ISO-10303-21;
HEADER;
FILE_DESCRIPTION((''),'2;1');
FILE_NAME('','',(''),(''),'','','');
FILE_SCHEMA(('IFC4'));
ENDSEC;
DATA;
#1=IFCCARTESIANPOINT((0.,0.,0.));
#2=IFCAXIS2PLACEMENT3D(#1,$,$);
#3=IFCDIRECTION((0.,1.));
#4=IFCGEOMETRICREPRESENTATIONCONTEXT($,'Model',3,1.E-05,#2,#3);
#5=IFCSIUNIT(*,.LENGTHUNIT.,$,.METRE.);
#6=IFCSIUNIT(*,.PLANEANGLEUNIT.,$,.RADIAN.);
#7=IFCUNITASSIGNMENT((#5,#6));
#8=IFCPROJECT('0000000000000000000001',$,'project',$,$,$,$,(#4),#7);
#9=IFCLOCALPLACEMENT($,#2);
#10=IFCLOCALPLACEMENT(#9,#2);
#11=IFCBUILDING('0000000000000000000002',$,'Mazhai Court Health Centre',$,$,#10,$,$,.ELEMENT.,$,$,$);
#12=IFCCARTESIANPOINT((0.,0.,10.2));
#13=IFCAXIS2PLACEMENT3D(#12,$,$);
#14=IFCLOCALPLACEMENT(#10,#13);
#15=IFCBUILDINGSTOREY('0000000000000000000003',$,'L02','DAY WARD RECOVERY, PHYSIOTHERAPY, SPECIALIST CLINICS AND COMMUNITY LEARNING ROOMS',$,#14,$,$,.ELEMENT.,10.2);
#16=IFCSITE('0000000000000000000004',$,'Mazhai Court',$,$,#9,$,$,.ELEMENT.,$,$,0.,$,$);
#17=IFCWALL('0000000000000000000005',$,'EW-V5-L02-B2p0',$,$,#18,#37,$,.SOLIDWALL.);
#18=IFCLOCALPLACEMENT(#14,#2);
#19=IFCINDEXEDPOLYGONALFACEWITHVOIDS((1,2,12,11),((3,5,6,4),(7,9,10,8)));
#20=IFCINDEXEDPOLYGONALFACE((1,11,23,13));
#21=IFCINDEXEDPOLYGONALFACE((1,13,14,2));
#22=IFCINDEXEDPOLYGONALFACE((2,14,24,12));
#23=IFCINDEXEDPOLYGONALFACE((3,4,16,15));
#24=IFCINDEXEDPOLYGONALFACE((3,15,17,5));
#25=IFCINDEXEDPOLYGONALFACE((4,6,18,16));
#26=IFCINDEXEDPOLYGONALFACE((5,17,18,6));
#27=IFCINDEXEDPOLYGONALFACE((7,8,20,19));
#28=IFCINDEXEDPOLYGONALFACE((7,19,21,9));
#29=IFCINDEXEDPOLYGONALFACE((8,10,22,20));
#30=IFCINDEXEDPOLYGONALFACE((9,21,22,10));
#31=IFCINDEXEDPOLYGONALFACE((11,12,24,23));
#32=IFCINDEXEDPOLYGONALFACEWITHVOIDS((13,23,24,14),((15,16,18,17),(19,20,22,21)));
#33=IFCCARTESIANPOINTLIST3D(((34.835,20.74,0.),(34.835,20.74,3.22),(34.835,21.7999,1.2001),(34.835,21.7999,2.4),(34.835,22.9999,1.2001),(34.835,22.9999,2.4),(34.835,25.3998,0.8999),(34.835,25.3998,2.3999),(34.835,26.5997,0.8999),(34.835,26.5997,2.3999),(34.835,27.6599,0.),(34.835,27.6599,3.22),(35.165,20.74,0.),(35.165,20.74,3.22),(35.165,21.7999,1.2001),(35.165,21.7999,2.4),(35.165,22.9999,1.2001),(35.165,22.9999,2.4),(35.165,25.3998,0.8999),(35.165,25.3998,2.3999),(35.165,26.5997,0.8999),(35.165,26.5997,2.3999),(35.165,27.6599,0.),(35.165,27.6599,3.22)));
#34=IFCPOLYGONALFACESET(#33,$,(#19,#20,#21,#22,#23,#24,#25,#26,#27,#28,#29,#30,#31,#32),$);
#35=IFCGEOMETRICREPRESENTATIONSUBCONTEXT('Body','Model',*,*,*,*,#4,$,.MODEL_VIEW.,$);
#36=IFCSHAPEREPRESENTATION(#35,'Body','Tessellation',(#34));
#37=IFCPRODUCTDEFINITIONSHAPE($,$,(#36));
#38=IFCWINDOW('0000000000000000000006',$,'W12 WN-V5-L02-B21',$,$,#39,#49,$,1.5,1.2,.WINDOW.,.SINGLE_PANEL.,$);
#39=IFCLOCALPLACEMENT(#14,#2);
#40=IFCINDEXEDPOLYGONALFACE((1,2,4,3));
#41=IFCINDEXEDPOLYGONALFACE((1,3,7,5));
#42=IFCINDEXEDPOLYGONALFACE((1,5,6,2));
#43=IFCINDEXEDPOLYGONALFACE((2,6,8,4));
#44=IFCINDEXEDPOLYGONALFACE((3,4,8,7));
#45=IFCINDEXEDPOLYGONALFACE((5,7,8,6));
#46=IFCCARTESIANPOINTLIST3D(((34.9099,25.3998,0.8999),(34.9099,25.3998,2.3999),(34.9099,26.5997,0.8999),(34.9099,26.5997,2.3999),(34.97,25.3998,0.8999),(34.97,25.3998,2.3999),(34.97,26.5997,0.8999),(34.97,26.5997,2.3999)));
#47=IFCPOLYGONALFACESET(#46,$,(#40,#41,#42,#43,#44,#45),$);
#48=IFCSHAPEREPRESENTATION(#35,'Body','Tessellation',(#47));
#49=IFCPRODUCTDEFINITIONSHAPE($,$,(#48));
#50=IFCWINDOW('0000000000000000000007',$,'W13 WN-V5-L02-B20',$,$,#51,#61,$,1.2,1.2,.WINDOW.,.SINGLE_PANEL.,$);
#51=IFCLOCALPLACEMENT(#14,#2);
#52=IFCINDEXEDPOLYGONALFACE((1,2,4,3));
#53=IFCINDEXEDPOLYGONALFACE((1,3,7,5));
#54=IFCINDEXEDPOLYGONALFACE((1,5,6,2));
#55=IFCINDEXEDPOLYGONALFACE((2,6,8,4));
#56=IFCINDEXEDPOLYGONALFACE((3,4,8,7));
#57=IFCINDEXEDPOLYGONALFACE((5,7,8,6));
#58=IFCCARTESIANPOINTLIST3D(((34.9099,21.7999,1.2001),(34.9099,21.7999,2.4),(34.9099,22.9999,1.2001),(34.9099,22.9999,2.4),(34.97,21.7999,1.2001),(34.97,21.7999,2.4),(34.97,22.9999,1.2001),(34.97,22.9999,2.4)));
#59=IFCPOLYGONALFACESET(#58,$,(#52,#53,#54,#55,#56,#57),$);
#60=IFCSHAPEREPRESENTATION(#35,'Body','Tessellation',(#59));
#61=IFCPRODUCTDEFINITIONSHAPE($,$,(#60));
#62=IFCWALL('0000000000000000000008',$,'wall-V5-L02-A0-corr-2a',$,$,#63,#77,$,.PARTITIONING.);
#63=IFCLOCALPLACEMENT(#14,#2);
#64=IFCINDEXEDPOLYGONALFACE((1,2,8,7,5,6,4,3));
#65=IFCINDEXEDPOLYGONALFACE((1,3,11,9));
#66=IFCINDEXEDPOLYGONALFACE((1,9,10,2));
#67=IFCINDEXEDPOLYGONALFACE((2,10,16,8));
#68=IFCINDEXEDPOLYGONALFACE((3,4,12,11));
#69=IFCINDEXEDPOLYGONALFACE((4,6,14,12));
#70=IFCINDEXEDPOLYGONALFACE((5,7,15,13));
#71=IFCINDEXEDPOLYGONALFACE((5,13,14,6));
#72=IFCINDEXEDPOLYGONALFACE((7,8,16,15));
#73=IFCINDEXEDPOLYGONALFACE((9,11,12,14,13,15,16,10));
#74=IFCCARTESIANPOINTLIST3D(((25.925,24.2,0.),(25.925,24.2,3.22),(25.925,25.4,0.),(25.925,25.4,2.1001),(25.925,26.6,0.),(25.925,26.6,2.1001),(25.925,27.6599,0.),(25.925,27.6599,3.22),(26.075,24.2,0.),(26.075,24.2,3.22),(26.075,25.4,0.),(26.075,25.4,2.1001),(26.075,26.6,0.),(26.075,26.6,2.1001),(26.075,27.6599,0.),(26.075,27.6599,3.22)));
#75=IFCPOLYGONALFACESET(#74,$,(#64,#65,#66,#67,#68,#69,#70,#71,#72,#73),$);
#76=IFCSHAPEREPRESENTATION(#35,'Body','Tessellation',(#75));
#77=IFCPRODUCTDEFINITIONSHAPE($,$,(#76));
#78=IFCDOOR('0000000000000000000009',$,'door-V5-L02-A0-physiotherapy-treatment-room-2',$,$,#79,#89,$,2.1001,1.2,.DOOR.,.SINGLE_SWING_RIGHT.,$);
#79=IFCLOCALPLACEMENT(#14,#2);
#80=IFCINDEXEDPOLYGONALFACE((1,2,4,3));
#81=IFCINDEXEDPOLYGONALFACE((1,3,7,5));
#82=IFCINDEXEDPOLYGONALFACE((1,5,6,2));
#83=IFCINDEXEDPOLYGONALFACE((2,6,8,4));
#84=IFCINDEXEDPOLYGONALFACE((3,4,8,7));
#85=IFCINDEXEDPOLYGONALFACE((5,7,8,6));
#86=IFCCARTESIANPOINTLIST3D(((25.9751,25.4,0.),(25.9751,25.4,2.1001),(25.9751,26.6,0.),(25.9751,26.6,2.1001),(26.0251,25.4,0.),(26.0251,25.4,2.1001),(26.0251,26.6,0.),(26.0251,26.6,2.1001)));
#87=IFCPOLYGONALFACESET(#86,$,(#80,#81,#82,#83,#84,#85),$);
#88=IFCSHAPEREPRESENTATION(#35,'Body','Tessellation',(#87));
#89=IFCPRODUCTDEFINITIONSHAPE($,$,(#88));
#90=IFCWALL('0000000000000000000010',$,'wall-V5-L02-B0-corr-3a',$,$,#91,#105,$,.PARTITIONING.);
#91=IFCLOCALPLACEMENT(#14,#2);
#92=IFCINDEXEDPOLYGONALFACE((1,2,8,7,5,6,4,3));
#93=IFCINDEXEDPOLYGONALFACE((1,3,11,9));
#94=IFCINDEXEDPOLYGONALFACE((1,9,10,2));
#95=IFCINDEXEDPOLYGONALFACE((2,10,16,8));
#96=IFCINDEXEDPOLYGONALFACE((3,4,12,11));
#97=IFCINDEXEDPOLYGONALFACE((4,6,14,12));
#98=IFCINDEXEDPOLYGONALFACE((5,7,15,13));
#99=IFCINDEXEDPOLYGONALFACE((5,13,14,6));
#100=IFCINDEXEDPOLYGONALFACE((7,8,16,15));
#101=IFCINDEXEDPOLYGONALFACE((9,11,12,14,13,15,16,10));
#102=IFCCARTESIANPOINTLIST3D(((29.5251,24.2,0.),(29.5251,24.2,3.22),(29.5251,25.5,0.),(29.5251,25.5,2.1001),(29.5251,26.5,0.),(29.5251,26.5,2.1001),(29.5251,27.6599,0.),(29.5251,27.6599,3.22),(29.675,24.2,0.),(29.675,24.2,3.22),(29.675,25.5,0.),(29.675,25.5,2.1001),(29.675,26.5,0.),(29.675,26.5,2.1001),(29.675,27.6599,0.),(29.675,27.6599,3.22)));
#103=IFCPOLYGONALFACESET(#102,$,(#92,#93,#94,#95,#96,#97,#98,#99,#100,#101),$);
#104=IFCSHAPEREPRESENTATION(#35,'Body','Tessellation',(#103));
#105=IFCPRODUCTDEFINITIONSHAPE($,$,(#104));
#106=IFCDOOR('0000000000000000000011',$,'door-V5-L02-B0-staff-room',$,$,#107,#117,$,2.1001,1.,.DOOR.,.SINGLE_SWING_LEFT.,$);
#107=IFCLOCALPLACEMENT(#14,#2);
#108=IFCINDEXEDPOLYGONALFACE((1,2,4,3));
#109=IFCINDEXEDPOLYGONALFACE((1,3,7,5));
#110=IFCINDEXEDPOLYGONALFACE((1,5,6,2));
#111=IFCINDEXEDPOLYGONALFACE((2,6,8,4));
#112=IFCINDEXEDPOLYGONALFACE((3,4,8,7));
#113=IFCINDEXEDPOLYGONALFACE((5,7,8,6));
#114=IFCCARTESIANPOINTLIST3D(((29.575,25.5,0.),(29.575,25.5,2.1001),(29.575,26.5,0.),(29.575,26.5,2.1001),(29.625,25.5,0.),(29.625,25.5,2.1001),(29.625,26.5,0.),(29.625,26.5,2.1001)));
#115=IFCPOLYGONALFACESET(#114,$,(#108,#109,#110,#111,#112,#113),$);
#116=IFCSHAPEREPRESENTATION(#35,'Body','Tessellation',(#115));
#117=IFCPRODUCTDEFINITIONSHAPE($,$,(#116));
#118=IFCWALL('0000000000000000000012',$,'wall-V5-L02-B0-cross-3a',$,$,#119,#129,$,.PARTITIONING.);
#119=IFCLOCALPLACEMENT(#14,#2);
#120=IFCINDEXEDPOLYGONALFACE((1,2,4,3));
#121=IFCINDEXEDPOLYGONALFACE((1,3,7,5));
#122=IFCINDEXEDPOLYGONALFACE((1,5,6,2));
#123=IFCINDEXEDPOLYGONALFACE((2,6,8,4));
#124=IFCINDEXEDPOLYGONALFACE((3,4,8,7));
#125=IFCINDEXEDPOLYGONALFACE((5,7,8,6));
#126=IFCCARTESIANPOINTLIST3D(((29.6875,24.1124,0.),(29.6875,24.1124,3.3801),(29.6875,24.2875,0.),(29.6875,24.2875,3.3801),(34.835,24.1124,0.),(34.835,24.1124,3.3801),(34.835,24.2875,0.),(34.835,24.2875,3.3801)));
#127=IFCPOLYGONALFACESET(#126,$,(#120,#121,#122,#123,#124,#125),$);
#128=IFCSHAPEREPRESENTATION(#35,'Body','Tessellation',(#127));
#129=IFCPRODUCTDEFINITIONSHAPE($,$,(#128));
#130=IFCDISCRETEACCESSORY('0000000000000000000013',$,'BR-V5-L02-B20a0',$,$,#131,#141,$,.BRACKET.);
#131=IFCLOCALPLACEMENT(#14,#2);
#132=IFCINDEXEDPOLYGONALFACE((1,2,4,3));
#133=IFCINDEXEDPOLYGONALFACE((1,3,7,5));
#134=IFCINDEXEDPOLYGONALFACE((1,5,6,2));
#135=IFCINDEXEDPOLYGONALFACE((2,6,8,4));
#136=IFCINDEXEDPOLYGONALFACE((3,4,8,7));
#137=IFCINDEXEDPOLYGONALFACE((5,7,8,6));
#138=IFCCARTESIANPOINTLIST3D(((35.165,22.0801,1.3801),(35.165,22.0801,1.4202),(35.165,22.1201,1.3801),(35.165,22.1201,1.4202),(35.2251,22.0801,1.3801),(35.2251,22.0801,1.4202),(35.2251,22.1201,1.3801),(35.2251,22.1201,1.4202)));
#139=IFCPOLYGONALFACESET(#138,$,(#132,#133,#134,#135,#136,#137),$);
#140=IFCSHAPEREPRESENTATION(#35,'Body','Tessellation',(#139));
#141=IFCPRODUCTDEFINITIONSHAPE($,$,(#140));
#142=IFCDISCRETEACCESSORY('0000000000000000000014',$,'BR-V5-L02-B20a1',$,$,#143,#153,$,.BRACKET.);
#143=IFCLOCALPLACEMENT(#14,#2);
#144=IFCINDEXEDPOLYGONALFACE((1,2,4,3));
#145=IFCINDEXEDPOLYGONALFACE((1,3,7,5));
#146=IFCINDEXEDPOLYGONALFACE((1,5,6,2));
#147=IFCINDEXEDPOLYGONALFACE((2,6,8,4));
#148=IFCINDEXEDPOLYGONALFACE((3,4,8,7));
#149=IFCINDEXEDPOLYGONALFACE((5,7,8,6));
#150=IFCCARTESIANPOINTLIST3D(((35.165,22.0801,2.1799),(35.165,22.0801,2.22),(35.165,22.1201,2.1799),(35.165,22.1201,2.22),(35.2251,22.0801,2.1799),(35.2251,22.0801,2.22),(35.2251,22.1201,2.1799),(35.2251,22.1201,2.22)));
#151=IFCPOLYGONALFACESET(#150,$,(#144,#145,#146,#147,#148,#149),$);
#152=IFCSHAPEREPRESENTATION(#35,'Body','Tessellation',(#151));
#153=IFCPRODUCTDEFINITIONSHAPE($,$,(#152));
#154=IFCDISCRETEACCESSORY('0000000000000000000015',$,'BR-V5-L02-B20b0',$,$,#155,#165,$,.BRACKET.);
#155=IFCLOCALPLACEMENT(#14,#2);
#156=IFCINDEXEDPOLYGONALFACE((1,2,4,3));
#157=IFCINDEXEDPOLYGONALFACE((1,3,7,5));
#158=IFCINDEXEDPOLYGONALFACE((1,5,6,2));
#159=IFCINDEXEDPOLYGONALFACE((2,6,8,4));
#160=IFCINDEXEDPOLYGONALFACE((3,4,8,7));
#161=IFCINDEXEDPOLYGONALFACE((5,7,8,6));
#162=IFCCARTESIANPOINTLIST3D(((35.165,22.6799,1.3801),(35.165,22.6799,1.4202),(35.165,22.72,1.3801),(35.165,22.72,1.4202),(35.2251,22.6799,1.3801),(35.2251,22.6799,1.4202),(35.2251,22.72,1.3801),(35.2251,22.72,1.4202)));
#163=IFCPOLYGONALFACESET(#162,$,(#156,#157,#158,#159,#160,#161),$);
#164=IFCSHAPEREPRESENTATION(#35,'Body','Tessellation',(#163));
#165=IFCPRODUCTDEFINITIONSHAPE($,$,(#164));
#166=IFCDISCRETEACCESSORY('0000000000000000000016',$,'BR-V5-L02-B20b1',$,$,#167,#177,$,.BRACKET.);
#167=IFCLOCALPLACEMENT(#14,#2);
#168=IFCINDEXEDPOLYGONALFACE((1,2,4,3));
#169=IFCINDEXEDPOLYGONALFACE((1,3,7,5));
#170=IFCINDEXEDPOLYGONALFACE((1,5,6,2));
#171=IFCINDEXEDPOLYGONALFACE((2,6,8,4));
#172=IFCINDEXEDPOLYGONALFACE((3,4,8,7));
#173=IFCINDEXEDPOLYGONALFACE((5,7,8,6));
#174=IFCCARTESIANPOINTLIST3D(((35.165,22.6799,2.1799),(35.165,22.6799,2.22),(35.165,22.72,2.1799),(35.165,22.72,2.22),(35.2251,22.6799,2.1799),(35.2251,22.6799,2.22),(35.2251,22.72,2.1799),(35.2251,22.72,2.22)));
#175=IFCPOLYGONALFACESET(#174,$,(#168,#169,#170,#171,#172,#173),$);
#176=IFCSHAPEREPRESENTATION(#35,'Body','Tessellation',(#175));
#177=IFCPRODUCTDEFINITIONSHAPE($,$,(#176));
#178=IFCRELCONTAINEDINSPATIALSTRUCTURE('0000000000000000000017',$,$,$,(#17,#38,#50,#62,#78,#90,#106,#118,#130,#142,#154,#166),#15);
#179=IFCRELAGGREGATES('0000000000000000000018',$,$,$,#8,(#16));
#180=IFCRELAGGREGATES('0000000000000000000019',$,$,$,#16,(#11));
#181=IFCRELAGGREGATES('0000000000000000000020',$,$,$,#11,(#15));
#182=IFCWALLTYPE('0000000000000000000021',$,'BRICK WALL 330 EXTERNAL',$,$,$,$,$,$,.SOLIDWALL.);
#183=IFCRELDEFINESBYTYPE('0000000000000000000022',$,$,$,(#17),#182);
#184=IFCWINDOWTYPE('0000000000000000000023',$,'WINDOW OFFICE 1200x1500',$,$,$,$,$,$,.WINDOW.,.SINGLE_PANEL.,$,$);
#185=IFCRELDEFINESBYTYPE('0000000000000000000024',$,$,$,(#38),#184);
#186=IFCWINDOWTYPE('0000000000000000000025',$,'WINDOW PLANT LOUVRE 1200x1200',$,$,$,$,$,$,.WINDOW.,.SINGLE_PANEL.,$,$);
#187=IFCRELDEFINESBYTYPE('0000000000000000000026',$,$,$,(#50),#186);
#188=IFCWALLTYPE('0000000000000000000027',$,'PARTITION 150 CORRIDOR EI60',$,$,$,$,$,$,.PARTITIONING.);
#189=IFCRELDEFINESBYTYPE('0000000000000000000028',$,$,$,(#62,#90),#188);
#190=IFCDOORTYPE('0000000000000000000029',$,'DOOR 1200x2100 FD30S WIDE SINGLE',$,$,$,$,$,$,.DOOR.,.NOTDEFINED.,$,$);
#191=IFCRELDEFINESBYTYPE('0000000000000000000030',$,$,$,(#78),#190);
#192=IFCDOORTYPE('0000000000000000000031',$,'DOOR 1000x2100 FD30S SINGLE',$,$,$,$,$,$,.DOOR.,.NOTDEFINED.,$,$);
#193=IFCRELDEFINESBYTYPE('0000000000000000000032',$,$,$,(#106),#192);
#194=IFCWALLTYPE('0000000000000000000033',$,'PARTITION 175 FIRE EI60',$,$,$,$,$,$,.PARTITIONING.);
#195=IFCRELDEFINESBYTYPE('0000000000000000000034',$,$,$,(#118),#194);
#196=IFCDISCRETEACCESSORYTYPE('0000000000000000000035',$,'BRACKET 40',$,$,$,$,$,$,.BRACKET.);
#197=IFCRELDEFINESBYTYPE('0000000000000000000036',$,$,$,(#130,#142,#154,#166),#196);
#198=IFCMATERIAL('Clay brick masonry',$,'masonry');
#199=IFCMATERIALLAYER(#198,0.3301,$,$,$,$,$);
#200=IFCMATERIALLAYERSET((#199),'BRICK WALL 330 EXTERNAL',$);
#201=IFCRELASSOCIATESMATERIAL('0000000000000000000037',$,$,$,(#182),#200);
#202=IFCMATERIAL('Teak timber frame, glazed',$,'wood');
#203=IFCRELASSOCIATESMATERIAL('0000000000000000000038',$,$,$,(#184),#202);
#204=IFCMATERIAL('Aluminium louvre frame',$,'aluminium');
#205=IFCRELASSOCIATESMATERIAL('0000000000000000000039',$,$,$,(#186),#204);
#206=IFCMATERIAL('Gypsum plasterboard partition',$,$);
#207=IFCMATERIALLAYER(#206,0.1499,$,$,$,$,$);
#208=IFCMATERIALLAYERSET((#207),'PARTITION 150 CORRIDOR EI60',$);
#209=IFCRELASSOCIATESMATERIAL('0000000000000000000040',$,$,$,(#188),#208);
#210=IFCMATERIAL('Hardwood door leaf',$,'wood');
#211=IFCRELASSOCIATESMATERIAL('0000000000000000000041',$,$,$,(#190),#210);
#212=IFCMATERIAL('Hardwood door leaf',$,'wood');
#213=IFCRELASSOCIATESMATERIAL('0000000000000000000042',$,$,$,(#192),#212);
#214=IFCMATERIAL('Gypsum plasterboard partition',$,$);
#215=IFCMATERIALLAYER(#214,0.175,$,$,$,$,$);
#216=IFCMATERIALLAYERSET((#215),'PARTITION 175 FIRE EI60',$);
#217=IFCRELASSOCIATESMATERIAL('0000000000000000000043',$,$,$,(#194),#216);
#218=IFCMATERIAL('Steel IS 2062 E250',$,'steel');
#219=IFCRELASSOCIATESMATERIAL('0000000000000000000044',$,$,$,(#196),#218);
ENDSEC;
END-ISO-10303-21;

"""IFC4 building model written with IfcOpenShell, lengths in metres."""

from ifc_helpers import new_model, si_unit, direction, frame, frame_2d, origin, origin_2d, place, context, subcontext, project, spatial, rectangle, extrude, material, layer, layer_set, type_object, element, fill, save


model = new_model("IFC4")

# Units and contexts
model_context = context("Model", 3, precision=1e-05, world=origin(), true_north=direction((0.0, 1.0)))
body_context = subcontext(model_context, "Body", "Model", "MODEL_VIEW")
ifc_project = project(units=[si_unit("LENGTHUNIT", "METRE"), si_unit("PLANEANGLEUNIT", "RADIAN")], contexts=[model_context])

# Site, building, storey
site_placement = place(None, origin())
site = spatial("IfcSite", under=ifc_project, at=site_placement, Name="Mazhai Court", CompositionType="ELEMENT", RefElevation=0.0)
building_placement = place(site_placement, origin())
building = spatial("IfcBuilding", under=site, at=building_placement, Name="Mazhai Court Health Centre", CompositionType="ELEMENT")
storey_placement = place(building_placement, frame((0.0, 0.0, 10.2)))
storey = spatial("IfcBuildingStorey", under=building, at=storey_placement, Name="L02", Description="DAY WARD RECOVERY, PHYSIOTHERAPY, SPECIALIST CLINICS AND COMMUNITY LEARNING ROOMS", CompositionType="ELEMENT", Elevation=10.2)

# Wall, openings, windows
ifc_material_1 = material(Name="Clay brick masonry", Category="masonry")
ifc_layer_1 = layer(ifc_material_1, 0.3301)
ifc_layer_set_1 = layer_set([ifc_layer_1], Name="BRICK WALL 330 EXTERNAL")
wall_type_1 = type_object("IfcWallType", Name="BRICK WALL 330 EXTERNAL", PredefinedType="SOLIDWALL", material=ifc_layer_set_1)
wall_1_placement = place(storey_placement, frame((35.0, 27.6599, 0.0), z_axis=(0.0, 0.0, 1.0), x_axis=(0.0, -1.0, 0.0)))
wall_1 = element("IfcWall", 1, at=wall_1_placement, inside=storey, type_object=wall_type_1, Name="EW-V5-L02-B2p0", PredefinedType="SOLIDWALL", context=body_context, shape_type="SweptSolid", body=[
    extrude(rectangle(XDim=6.9199, YDim=0.3301, at=frame_2d((3.46, 0.0))), origin(), (0.0, 0.0, 1.0), 3.22),
])
opening_1_placement = place(wall_1_placement, frame((4.6599, 0.0, 1.2)))
opening_1 = element("IfcOpeningElement", 2, at=opening_1_placement, cuts=wall_1, PredefinedType="OPENING", context=body_context, shape_type="SweptSolid", body=[
    extrude(rectangle(XDim=1.2, YDim=1.2, at=frame_2d((0.6001, 0.6001))), frame((0.0, 0.175, 0.0), z_axis=(0.0, -1.0, 0.0), x_axis=(1.0, 0.0, 0.0)), (0.0, 0.0, 1.0), 0.3501),
])
opening_2_placement = place(wall_1_placement, frame((1.0601, 0.0, 0.8999)))
opening_2 = element("IfcOpeningElement", 3, at=opening_2_placement, cuts=wall_1, PredefinedType="OPENING", context=body_context, shape_type="SweptSolid", body=[
    extrude(rectangle(XDim=1.2, YDim=1.5, at=frame_2d((0.6001, 0.75))), frame((0.0, 0.175, 0.0), z_axis=(0.0, -1.0, 0.0), x_axis=(1.0, 0.0, 0.0)), (0.0, 0.0, 1.0), 0.3501),
])
ifc_material_2 = material(Name="Teak timber frame, glazed", Category="wood")
window_type_1 = type_object("IfcWindowType", Name="WINDOW OFFICE 1200x1500", PartitioningType="SINGLE_PANEL", PredefinedType="WINDOW", material=ifc_material_2)
window_1_placement = place(opening_2_placement, origin())
window_1 = element("IfcWindow", 4, at=window_1_placement, inside=storey, type_object=window_type_1, Name="W12 WN-V5-L02-B21", OverallHeight=1.5, OverallWidth=1.2, PartitioningType="SINGLE_PANEL", PredefinedType="WINDOW", context=body_context, shape_type="SweptSolid", body=[
    extrude(rectangle(XDim=1.2, YDim=1.5, at=frame_2d((0.6001, 0.75))), frame((0.0, -0.03, 0.0), z_axis=(0.0, -1.0, 0.0), x_axis=(1.0, 0.0, 0.0)), (0.0, 0.0, 1.0), 0.0601),
])
fill(opening_2, window_1)
ifc_material_3 = material(Name="Aluminium louvre frame", Category="aluminium")
window_type_2 = type_object("IfcWindowType", Name="WINDOW PLANT LOUVRE 1200x1200", PartitioningType="SINGLE_PANEL", PredefinedType="WINDOW", material=ifc_material_3)
window_2_placement = place(opening_1_placement, origin())
window_2 = element("IfcWindow", 5, at=window_2_placement, inside=storey, type_object=window_type_2, Name="W13 WN-V5-L02-B20", OverallHeight=1.2, OverallWidth=1.2, PartitioningType="SINGLE_PANEL", PredefinedType="WINDOW", context=body_context, shape_type="SweptSolid", body=[
    extrude(rectangle(XDim=1.2, YDim=1.2, at=frame_2d((0.6001, 0.6001))), frame((0.0, -0.03, 0.0), z_axis=(0.0, -1.0, 0.0), x_axis=(1.0, 0.0, 0.0)), (0.0, 0.0, 1.0), 0.0601),
])
fill(opening_1, window_2)

# Walls, openings, doors
ifc_material_4 = material(Name="Gypsum plasterboard partition")
ifc_layer_2 = layer(ifc_material_4, 0.1499)
ifc_layer_set_2 = layer_set([ifc_layer_2], Name="PARTITION 150 CORRIDOR EI60")
wall_type_2 = type_object("IfcWallType", Name="PARTITION 150 CORRIDOR EI60", PredefinedType="PARTITIONING", material=ifc_layer_set_2)
wall_2_placement = place(storey_placement, frame((26.0, 24.2, 0.0), z_axis=(0.0, 0.0, 1.0), x_axis=(0.0, 1.0, 0.0)))
wall_2 = element("IfcWall", 6, at=wall_2_placement, inside=storey, type_object=wall_type_2, Name="wall-V5-L02-A0-corr-2a", PredefinedType="PARTITIONING", context=body_context, shape_type="SweptSolid", body=[
    extrude(rectangle(XDim=3.46, YDim=0.1499, at=frame_2d((1.73, 0.0))), origin(), (0.0, 0.0, 1.0), 3.22),
])
opening_3_placement = place(wall_2_placement, frame((1.2, 0.0, 0.0)))
opening_3 = element("IfcOpeningElement", 7, at=opening_3_placement, cuts=wall_2, PredefinedType="OPENING", context=body_context, shape_type="SweptSolid", body=[
    extrude(rectangle(XDim=1.2, YDim=2.1001, at=frame_2d((0.6001, 1.05))), frame((0.0, 0.085, 0.0), z_axis=(0.0, -1.0, 0.0), x_axis=(1.0, 0.0, 0.0)), (0.0, 0.0, 1.0), 0.1699),
])
ifc_material_5 = material(Name="Hardwood door leaf", Category="wood")
door_type_1 = type_object("IfcDoorType", Name="DOOR 1200x2100 FD30S WIDE SINGLE", OperationType="NOTDEFINED", PredefinedType="DOOR", material=ifc_material_5)
door_1_placement = place(opening_3_placement, origin())
door_1 = element("IfcDoor", 8, at=door_1_placement, inside=storey, type_object=door_type_1, Name="door-V5-L02-A0-physiotherapy-treatment-room-2", OperationType="SINGLE_SWING_RIGHT", OverallHeight=2.1001, OverallWidth=1.2, PredefinedType="DOOR", context=body_context, shape_type="SweptSolid", body=[
    extrude(rectangle(XDim=1.2, YDim=2.1001, at=frame_2d((0.6001, 1.05))), frame((0.0, 0.0249, 0.0), z_axis=(0.0, -1.0, 0.0), x_axis=(1.0, 0.0, 0.0)), (0.0, 0.0, 1.0), 0.05),
])
fill(opening_3, door_1)
wall_3_placement = place(storey_placement, frame((29.6001, 27.6599, 0.0), z_axis=(0.0, 0.0, 1.0), x_axis=(0.0, -1.0, 0.0)))
wall_3 = element("IfcWall", 9, at=wall_3_placement, inside=storey, type_object=wall_type_2, Name="wall-V5-L02-B0-corr-3a", PredefinedType="PARTITIONING", context=body_context, shape_type="SweptSolid", body=[
    extrude(rectangle(XDim=3.46, YDim=0.1499, at=frame_2d((1.73, 0.0))), origin(), (0.0, 0.0, 1.0), 3.22),
])
opening_4_placement = place(wall_3_placement, frame((1.1599, 0.0, 0.0)))
opening_4 = element("IfcOpeningElement", 10, at=opening_4_placement, cuts=wall_3, PredefinedType="OPENING", context=body_context, shape_type="SweptSolid", body=[
    extrude(rectangle(XDim=1.0, YDim=2.1001, at=frame_2d((0.5, 1.05))), frame((0.0, 0.085, 0.0), z_axis=(0.0, -1.0, 0.0), x_axis=(1.0, 0.0, 0.0)), (0.0, 0.0, 1.0), 0.1699),
])
ifc_material_6 = material(Name="Hardwood door leaf", Category="wood")
door_type_2 = type_object("IfcDoorType", Name="DOOR 1000x2100 FD30S SINGLE", OperationType="NOTDEFINED", PredefinedType="DOOR", material=ifc_material_6)
door_2_placement = place(opening_4_placement, origin())
door_2 = element("IfcDoor", 11, at=door_2_placement, inside=storey, type_object=door_type_2, Name="door-V5-L02-B0-staff-room", OperationType="SINGLE_SWING_LEFT", OverallHeight=2.1001, OverallWidth=1.0, PredefinedType="DOOR", context=body_context, shape_type="SweptSolid", body=[
    extrude(rectangle(XDim=1.0, YDim=2.1001, at=frame_2d((0.5, 1.05))), frame((0.0, 0.0249, 0.0), z_axis=(0.0, -1.0, 0.0), x_axis=(1.0, 0.0, 0.0)), (0.0, 0.0, 1.0), 0.05),
])
fill(opening_4, door_2)

# Wall
ifc_material_7 = material(Name="Gypsum plasterboard partition")
ifc_layer_3 = layer(ifc_material_7, 0.175)
ifc_layer_set_3 = layer_set([ifc_layer_3], Name="PARTITION 175 FIRE EI60")
wall_type_3 = type_object("IfcWallType", Name="PARTITION 175 FIRE EI60", PredefinedType="PARTITIONING", material=ifc_layer_set_3)
wall_4_placement = place(storey_placement, frame((34.835, 24.2, 0.0), z_axis=(0.0, 0.0, 1.0), x_axis=(-1.0, 0.0, 0.0)))
element("IfcWall", 12, at=wall_4_placement, inside=storey, type_object=wall_type_3, Name="wall-V5-L02-B0-cross-3a", PredefinedType="PARTITIONING", context=body_context, shape_type="SweptSolid", body=[
    extrude(rectangle(XDim=5.1475, YDim=0.175, at=frame_2d((2.5737, 0.0))), origin(), (0.0, 0.0, 1.0), 3.3801),
])

# Discrete accessories
ifc_material_8 = material(Name="Steel IS 2062 E250", Category="steel")
discrete_accessory_type = type_object("IfcDiscreteAccessoryType", Name="BRACKET 40", PredefinedType="BRACKET", material=ifc_material_8)
for number, where, z_axis, x_axis, name in (
    (13, (35.1951, 22.1001, 1.3801), (0.0, 0.0, 1.0), (0.0, 1.0, 0.0), "BR-V5-L02-B20a0"),
    (14, (35.1951, 22.1001, 2.1799), (0.0, 0.0, 1.0), (0.0, 1.0, 0.0), "BR-V5-L02-B20a1"),
    (15, (35.1951, 22.7, 1.3801), (0.0, 0.0, 1.0), (0.0, 1.0, 0.0), "BR-V5-L02-B20b0"),
    (16, (35.1951, 22.7, 2.1799), (0.0, 0.0, 1.0), (0.0, 1.0, 0.0), "BR-V5-L02-B20b1"),
):
    element("IfcDiscreteAccessory", number, at=place(storey_placement, frame(where, z_axis=z_axis, x_axis=x_axis)), inside=storey, type_object=discrete_accessory_type, Name=name, PredefinedType="BRACKET", context=body_context, shape_type="SweptSolid", body=[
        extrude(rectangle(XDim=0.04, YDim=0.0601, at=origin_2d()), origin(), (0.0, 0.0, 1.0), 0.04),
    ])

save(model, "model.ifc")
